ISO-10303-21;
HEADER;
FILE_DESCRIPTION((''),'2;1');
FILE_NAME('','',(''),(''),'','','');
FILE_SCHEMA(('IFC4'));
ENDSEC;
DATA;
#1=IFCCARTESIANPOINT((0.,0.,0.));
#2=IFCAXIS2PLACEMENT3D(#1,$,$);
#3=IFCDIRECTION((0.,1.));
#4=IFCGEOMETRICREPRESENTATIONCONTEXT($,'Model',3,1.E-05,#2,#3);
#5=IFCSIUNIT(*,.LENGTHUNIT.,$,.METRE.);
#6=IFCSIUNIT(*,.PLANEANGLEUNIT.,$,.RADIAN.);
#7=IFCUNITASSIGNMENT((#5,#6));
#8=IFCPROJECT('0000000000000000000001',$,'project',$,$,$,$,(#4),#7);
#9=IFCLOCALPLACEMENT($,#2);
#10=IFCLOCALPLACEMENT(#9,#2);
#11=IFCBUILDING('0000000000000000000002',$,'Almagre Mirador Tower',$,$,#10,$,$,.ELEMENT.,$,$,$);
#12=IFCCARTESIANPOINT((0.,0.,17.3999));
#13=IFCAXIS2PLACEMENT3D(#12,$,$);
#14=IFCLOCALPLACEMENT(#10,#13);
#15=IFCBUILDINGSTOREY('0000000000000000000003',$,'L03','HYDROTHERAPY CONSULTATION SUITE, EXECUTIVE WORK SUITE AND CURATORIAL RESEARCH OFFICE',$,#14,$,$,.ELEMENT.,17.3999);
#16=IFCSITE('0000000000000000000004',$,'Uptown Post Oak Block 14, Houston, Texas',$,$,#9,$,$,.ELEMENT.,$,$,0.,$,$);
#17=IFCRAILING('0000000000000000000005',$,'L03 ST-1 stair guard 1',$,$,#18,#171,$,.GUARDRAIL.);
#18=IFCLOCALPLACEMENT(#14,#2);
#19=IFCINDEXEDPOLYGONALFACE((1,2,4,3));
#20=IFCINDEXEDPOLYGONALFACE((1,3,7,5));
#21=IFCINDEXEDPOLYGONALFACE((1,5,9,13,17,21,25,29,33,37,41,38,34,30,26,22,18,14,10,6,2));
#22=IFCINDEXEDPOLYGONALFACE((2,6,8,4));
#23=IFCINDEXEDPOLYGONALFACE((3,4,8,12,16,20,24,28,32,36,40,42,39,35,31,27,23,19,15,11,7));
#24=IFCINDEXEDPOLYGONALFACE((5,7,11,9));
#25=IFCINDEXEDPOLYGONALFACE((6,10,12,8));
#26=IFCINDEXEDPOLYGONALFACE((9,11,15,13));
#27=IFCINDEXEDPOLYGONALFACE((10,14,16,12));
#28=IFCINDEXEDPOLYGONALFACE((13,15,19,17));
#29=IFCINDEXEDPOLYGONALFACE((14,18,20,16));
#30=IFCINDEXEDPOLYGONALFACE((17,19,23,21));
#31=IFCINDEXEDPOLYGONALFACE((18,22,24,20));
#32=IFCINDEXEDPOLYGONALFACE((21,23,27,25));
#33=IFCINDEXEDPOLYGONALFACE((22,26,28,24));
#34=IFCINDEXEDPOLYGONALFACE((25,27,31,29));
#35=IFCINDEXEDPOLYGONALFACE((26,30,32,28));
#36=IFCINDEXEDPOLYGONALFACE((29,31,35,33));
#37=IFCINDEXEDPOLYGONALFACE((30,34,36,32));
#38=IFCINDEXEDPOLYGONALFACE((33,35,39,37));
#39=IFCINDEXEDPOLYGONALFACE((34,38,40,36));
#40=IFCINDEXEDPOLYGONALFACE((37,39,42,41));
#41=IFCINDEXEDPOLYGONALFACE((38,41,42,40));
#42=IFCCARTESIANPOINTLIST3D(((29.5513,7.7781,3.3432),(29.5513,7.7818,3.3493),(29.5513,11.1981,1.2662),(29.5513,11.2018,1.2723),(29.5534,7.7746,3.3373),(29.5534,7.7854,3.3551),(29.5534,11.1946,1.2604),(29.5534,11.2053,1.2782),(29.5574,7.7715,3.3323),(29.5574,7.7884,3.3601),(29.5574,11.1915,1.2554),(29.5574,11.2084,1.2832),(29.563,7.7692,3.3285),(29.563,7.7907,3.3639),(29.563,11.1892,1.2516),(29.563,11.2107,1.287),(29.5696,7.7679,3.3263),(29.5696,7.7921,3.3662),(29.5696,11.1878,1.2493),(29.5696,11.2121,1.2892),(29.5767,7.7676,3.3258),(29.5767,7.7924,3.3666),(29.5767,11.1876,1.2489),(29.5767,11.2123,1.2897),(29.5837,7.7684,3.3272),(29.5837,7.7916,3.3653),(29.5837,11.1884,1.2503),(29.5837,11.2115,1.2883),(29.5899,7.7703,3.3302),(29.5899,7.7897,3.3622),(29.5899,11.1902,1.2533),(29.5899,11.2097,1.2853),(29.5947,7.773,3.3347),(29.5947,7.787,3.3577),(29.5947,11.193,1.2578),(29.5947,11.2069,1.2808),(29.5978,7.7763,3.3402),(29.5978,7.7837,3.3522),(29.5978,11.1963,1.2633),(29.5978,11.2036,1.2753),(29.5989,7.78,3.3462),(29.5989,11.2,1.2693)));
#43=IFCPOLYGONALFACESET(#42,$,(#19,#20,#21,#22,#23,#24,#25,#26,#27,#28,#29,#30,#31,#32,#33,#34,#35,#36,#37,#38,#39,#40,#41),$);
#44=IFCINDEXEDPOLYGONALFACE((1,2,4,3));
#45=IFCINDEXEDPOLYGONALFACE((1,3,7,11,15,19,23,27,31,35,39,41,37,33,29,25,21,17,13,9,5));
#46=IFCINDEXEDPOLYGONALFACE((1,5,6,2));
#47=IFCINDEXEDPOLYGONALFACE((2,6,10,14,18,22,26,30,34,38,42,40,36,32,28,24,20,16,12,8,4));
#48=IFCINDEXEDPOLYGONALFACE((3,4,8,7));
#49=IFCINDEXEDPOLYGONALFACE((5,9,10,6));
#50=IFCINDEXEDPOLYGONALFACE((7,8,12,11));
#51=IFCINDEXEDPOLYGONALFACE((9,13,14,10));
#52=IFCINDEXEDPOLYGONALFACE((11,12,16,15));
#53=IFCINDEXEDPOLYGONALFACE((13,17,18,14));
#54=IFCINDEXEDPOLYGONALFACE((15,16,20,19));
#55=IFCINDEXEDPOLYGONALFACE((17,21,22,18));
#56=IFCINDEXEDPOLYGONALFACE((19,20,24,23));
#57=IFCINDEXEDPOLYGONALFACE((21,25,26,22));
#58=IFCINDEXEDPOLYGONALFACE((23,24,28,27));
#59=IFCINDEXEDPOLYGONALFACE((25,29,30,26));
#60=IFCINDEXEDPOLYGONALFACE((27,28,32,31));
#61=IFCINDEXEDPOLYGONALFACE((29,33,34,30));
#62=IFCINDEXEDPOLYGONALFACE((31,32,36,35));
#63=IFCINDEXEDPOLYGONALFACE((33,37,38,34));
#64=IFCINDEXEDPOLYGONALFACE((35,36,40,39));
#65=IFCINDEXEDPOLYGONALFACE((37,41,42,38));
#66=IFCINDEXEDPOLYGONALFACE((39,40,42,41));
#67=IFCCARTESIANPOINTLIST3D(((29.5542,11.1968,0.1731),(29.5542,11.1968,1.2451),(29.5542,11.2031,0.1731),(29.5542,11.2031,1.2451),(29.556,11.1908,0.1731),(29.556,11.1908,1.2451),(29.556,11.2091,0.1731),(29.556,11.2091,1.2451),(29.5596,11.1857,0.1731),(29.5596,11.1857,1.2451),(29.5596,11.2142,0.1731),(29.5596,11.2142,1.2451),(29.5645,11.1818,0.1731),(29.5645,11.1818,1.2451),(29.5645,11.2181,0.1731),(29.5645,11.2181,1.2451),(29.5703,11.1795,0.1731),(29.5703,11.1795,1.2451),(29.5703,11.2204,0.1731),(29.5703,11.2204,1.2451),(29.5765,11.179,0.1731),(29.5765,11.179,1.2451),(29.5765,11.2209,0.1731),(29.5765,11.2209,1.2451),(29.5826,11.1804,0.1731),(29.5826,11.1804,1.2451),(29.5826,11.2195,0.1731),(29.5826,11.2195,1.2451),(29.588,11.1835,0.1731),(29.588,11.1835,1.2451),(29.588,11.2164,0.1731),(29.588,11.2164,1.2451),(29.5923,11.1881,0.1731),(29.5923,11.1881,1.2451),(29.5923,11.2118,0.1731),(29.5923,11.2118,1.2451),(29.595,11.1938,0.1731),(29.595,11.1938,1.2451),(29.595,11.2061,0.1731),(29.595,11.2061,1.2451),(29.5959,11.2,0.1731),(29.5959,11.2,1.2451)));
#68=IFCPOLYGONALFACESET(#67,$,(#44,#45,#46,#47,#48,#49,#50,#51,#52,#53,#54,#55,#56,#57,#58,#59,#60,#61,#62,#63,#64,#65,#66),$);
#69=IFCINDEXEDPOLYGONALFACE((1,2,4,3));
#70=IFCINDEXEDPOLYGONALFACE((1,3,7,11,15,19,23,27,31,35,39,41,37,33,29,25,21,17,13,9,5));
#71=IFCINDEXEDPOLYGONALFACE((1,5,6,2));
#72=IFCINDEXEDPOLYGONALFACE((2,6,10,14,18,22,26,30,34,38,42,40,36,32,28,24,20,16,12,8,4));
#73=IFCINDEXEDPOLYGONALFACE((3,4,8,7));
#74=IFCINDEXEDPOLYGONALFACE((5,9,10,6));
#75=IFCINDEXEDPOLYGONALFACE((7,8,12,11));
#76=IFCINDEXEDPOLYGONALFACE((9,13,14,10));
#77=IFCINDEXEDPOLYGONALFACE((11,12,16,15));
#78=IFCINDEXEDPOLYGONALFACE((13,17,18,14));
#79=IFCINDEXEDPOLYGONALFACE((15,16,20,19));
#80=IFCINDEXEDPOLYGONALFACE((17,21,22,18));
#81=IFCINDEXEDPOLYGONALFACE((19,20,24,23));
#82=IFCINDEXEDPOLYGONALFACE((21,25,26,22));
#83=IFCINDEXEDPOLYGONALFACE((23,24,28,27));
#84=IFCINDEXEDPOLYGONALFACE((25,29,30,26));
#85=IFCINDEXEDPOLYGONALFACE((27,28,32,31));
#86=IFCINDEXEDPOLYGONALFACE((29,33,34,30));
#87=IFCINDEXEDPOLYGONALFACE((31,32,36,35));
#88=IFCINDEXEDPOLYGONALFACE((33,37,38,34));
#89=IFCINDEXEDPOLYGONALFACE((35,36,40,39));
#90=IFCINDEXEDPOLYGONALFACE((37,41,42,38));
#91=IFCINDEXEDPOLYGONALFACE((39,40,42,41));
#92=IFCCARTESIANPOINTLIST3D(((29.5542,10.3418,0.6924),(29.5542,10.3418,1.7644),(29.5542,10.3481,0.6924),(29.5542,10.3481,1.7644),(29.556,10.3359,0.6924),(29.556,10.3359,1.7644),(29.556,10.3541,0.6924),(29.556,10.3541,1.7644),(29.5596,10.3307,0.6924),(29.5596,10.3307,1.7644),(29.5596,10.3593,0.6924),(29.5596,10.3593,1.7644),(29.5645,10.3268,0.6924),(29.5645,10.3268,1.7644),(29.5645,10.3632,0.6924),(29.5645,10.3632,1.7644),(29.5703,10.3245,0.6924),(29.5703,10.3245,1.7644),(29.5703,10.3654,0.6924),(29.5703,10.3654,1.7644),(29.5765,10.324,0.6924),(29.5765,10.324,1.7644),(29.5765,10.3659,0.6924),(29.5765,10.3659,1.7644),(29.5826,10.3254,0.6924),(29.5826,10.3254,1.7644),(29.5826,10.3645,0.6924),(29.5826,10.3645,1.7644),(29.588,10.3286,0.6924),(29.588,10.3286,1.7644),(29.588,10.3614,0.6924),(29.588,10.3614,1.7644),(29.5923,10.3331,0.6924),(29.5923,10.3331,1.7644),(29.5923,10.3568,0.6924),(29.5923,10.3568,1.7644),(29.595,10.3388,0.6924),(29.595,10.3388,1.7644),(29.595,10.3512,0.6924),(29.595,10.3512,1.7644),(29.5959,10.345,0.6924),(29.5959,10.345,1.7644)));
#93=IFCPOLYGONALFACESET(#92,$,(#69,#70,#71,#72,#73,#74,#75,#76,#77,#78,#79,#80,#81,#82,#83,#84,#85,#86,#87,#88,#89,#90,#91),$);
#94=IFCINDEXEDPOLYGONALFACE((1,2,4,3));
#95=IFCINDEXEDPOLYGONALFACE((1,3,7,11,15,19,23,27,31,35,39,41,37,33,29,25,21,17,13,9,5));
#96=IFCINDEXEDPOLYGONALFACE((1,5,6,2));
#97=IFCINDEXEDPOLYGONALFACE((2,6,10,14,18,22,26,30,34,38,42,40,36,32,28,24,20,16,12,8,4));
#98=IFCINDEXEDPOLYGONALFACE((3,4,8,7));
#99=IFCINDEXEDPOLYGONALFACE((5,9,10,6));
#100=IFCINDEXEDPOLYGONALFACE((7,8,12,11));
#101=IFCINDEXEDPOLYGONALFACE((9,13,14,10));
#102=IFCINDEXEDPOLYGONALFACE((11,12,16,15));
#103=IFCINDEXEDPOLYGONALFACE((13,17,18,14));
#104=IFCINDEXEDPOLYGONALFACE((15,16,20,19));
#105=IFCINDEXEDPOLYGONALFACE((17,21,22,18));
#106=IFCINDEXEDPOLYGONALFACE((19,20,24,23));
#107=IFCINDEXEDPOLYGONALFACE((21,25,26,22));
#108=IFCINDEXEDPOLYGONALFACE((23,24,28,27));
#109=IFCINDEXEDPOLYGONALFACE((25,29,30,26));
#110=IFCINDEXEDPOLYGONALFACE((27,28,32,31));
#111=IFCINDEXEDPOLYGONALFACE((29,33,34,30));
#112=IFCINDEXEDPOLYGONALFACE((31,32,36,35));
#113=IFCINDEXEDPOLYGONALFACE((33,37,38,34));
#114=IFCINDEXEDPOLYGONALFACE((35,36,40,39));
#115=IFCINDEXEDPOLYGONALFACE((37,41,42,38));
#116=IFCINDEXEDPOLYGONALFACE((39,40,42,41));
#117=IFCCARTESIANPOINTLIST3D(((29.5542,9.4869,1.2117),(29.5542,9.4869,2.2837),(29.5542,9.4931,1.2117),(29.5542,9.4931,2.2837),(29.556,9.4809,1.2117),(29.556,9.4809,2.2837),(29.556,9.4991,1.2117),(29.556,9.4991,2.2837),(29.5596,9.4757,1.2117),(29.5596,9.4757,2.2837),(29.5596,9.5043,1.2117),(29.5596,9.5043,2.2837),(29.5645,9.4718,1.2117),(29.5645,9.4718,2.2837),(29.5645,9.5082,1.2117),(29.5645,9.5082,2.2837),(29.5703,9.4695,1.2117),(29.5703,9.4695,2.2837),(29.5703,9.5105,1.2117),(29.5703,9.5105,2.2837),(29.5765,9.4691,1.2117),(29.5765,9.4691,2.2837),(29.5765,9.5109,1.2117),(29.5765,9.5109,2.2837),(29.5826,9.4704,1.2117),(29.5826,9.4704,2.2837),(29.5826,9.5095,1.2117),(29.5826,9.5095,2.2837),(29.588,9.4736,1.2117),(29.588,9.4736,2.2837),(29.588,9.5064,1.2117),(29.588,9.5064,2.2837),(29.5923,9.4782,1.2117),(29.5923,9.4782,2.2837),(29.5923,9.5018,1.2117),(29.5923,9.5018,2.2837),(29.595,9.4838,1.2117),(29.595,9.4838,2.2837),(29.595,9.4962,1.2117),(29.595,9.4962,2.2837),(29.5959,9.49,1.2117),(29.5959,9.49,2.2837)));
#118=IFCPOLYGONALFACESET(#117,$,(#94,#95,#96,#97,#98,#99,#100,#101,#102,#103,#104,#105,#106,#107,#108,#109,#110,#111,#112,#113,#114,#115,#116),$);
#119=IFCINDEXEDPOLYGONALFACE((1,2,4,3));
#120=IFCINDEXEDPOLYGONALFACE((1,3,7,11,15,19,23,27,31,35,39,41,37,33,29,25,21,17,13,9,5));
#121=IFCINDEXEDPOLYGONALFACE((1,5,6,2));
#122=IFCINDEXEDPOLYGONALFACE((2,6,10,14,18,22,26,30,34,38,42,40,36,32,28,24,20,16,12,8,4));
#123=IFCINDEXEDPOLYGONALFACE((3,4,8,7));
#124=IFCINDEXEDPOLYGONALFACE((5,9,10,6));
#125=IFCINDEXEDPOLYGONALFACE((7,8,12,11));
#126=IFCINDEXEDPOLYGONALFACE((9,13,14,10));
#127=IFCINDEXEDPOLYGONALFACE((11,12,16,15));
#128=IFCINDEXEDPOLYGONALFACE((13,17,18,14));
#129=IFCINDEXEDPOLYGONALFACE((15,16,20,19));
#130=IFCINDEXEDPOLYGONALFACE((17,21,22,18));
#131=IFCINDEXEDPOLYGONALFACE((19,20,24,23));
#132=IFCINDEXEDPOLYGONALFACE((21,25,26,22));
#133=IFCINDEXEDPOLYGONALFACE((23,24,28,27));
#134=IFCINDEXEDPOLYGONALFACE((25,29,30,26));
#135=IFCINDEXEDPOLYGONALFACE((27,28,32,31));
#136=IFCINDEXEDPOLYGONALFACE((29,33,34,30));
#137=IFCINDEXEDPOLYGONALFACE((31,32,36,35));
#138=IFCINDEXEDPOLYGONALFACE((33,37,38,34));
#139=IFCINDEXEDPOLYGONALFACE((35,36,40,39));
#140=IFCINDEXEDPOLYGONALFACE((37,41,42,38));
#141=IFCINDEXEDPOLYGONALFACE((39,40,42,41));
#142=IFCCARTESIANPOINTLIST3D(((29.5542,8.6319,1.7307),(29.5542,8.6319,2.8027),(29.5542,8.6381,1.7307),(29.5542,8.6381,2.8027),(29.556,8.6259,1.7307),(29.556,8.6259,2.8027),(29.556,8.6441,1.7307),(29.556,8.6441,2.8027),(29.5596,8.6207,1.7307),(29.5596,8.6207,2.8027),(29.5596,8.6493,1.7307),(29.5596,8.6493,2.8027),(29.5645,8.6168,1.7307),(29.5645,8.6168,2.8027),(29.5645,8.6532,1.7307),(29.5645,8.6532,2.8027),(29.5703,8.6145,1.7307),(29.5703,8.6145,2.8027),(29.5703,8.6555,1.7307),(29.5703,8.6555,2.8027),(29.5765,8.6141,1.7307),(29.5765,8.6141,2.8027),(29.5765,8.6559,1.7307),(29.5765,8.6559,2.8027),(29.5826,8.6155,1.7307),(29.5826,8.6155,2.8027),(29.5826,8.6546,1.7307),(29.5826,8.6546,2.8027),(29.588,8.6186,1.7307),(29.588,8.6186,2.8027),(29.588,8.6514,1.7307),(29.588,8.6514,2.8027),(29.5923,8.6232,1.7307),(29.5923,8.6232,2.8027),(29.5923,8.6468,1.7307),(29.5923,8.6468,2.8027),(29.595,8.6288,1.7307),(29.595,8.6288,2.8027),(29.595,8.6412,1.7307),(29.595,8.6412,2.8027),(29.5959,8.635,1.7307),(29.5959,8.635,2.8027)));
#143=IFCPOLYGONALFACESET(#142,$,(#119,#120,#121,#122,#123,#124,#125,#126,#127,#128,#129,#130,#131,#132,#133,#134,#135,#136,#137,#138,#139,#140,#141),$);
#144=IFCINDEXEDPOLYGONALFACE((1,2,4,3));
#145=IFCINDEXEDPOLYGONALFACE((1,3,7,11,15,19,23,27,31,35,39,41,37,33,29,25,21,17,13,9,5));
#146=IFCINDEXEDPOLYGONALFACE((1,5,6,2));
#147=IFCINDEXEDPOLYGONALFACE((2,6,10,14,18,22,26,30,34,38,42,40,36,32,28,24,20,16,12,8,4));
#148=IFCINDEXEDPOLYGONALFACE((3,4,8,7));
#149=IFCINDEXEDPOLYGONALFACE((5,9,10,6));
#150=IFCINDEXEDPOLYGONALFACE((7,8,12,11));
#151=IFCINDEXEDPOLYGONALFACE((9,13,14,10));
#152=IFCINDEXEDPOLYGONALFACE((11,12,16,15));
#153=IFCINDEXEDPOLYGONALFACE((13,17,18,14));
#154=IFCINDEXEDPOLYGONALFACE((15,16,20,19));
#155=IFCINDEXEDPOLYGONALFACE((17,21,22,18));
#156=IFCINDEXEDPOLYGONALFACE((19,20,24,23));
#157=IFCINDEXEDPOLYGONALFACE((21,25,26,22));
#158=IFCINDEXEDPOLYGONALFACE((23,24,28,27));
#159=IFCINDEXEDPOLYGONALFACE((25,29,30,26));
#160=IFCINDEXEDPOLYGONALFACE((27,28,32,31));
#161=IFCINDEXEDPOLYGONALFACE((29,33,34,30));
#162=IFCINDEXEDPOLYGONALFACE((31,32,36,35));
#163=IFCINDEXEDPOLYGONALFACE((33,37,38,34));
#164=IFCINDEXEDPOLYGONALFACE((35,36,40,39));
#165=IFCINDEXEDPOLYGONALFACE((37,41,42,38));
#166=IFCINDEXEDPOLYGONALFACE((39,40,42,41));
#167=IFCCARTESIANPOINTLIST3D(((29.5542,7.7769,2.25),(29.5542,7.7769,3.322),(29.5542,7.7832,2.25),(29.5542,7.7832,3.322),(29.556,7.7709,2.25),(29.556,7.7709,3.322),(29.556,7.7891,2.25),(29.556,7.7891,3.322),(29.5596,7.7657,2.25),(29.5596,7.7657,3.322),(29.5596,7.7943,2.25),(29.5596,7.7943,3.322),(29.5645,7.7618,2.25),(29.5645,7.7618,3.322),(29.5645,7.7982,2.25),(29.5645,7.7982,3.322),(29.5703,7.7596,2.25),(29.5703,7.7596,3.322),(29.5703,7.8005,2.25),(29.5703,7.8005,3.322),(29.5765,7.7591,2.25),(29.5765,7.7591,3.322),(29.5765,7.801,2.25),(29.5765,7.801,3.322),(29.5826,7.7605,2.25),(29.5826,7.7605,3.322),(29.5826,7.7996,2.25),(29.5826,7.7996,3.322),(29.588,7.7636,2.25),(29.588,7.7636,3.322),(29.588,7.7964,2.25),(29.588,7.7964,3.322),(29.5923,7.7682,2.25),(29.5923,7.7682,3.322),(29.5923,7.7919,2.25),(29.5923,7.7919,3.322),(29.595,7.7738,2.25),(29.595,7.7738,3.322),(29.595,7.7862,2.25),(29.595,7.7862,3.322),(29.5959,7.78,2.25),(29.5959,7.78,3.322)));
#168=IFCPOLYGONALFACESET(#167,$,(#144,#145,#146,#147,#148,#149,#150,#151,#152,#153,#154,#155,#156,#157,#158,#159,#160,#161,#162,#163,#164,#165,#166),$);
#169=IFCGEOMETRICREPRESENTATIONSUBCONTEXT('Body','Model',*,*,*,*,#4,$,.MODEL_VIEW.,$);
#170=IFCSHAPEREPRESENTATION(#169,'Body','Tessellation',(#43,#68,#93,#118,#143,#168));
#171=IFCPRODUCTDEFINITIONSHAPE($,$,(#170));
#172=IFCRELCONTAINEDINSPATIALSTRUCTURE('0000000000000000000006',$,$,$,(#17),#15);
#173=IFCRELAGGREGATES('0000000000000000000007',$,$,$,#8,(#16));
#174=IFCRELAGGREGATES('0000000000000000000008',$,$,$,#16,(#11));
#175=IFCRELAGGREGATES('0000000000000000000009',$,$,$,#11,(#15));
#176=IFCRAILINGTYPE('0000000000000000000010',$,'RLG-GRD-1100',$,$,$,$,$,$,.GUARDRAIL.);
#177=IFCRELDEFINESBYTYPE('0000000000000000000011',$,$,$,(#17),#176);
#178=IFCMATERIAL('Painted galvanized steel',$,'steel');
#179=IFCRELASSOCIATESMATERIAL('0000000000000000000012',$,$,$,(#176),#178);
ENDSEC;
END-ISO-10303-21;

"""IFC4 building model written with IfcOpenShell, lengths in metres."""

from ifc_helpers import new_model, si_unit, direction, frame, origin, origin_2d, place, context, subcontext, project, spatial, circle, extrude, material, type_object, element, save


model = new_model("IFC4")

# Units and contexts
model_context = context("Model", 3, precision=1e-05, world=origin(), true_north=direction((0.0, 1.0)))
body_context = subcontext(model_context, "Body", "Model", "MODEL_VIEW")
ifc_project = project(units=[si_unit("LENGTHUNIT", "METRE"), si_unit("PLANEANGLEUNIT", "RADIAN")], contexts=[model_context])

# Site, building, storey
site_placement = place(None, origin())
site = spatial("IfcSite", under=ifc_project, at=site_placement, Name="Uptown Post Oak Block 14, Houston, Texas", CompositionType="ELEMENT", RefElevation=0.0)
building_placement = place(site_placement, origin())
building = spatial("IfcBuilding", under=site, at=building_placement, Name="Almagre Mirador Tower", CompositionType="ELEMENT")
storey_placement = place(building_placement, frame((0.0, 0.0, 17.3999)))
storey = spatial("IfcBuildingStorey", under=building, at=storey_placement, Name="L03", Description="HYDROTHERAPY CONSULTATION SUITE, EXECUTIVE WORK SUITE AND CURATORIAL RESEARCH OFFICE", CompositionType="ELEMENT", Elevation=17.3999)

# Railing
ifc_material_1 = material(Name="Painted galvanized steel", Category="steel")
railing_type_1 = type_object("IfcRailingType", Name="RLG-GRD-1100", PredefinedType="GUARDRAIL", material=ifc_material_1)
railing_1_placement = place(storey_placement, frame((29.575, 11.2, 0.1731)))
element("IfcRailing", 1, at=railing_1_placement, inside=storey, type_object=railing_type_1, Name="L03 ST-1 stair guard 1", PredefinedType="GUARDRAIL", context=body_context, shape_type="SweptSolid", body=[
    extrude(circle(Radius=0.0239, at=origin_2d()), frame((0.0, 0.0, 1.0962), z_axis=(0.0, -0.85473, 0.519074), x_axis=(1.0, 0.0, 0.0)), (0.0, 0.0, 1.0), 4.0012),
    extrude(circle(Radius=0.021, at=origin_2d()), origin(), (0.0, 0.0, 1.0), 1.072),
    extrude(circle(Radius=0.021, at=origin_2d()), frame((0.0, -0.855, 0.5193)), (0.0, 0.0, 1.0), 1.072),
    extrude(circle(Radius=0.021, at=origin_2d()), frame((0.0, -1.71, 1.0386)), (0.0, 0.0, 1.0), 1.072),
    extrude(circle(Radius=0.021, at=origin_2d()), frame((0.0, -2.5649, 1.5576)), (0.0, 0.0, 1.0), 1.072),
    extrude(circle(Radius=0.021, at=origin_2d()), frame((0.0, -3.4199, 2.0769)), (0.0, 0.0, 1.0), 1.072),
])

save(model, "model.ifc")
